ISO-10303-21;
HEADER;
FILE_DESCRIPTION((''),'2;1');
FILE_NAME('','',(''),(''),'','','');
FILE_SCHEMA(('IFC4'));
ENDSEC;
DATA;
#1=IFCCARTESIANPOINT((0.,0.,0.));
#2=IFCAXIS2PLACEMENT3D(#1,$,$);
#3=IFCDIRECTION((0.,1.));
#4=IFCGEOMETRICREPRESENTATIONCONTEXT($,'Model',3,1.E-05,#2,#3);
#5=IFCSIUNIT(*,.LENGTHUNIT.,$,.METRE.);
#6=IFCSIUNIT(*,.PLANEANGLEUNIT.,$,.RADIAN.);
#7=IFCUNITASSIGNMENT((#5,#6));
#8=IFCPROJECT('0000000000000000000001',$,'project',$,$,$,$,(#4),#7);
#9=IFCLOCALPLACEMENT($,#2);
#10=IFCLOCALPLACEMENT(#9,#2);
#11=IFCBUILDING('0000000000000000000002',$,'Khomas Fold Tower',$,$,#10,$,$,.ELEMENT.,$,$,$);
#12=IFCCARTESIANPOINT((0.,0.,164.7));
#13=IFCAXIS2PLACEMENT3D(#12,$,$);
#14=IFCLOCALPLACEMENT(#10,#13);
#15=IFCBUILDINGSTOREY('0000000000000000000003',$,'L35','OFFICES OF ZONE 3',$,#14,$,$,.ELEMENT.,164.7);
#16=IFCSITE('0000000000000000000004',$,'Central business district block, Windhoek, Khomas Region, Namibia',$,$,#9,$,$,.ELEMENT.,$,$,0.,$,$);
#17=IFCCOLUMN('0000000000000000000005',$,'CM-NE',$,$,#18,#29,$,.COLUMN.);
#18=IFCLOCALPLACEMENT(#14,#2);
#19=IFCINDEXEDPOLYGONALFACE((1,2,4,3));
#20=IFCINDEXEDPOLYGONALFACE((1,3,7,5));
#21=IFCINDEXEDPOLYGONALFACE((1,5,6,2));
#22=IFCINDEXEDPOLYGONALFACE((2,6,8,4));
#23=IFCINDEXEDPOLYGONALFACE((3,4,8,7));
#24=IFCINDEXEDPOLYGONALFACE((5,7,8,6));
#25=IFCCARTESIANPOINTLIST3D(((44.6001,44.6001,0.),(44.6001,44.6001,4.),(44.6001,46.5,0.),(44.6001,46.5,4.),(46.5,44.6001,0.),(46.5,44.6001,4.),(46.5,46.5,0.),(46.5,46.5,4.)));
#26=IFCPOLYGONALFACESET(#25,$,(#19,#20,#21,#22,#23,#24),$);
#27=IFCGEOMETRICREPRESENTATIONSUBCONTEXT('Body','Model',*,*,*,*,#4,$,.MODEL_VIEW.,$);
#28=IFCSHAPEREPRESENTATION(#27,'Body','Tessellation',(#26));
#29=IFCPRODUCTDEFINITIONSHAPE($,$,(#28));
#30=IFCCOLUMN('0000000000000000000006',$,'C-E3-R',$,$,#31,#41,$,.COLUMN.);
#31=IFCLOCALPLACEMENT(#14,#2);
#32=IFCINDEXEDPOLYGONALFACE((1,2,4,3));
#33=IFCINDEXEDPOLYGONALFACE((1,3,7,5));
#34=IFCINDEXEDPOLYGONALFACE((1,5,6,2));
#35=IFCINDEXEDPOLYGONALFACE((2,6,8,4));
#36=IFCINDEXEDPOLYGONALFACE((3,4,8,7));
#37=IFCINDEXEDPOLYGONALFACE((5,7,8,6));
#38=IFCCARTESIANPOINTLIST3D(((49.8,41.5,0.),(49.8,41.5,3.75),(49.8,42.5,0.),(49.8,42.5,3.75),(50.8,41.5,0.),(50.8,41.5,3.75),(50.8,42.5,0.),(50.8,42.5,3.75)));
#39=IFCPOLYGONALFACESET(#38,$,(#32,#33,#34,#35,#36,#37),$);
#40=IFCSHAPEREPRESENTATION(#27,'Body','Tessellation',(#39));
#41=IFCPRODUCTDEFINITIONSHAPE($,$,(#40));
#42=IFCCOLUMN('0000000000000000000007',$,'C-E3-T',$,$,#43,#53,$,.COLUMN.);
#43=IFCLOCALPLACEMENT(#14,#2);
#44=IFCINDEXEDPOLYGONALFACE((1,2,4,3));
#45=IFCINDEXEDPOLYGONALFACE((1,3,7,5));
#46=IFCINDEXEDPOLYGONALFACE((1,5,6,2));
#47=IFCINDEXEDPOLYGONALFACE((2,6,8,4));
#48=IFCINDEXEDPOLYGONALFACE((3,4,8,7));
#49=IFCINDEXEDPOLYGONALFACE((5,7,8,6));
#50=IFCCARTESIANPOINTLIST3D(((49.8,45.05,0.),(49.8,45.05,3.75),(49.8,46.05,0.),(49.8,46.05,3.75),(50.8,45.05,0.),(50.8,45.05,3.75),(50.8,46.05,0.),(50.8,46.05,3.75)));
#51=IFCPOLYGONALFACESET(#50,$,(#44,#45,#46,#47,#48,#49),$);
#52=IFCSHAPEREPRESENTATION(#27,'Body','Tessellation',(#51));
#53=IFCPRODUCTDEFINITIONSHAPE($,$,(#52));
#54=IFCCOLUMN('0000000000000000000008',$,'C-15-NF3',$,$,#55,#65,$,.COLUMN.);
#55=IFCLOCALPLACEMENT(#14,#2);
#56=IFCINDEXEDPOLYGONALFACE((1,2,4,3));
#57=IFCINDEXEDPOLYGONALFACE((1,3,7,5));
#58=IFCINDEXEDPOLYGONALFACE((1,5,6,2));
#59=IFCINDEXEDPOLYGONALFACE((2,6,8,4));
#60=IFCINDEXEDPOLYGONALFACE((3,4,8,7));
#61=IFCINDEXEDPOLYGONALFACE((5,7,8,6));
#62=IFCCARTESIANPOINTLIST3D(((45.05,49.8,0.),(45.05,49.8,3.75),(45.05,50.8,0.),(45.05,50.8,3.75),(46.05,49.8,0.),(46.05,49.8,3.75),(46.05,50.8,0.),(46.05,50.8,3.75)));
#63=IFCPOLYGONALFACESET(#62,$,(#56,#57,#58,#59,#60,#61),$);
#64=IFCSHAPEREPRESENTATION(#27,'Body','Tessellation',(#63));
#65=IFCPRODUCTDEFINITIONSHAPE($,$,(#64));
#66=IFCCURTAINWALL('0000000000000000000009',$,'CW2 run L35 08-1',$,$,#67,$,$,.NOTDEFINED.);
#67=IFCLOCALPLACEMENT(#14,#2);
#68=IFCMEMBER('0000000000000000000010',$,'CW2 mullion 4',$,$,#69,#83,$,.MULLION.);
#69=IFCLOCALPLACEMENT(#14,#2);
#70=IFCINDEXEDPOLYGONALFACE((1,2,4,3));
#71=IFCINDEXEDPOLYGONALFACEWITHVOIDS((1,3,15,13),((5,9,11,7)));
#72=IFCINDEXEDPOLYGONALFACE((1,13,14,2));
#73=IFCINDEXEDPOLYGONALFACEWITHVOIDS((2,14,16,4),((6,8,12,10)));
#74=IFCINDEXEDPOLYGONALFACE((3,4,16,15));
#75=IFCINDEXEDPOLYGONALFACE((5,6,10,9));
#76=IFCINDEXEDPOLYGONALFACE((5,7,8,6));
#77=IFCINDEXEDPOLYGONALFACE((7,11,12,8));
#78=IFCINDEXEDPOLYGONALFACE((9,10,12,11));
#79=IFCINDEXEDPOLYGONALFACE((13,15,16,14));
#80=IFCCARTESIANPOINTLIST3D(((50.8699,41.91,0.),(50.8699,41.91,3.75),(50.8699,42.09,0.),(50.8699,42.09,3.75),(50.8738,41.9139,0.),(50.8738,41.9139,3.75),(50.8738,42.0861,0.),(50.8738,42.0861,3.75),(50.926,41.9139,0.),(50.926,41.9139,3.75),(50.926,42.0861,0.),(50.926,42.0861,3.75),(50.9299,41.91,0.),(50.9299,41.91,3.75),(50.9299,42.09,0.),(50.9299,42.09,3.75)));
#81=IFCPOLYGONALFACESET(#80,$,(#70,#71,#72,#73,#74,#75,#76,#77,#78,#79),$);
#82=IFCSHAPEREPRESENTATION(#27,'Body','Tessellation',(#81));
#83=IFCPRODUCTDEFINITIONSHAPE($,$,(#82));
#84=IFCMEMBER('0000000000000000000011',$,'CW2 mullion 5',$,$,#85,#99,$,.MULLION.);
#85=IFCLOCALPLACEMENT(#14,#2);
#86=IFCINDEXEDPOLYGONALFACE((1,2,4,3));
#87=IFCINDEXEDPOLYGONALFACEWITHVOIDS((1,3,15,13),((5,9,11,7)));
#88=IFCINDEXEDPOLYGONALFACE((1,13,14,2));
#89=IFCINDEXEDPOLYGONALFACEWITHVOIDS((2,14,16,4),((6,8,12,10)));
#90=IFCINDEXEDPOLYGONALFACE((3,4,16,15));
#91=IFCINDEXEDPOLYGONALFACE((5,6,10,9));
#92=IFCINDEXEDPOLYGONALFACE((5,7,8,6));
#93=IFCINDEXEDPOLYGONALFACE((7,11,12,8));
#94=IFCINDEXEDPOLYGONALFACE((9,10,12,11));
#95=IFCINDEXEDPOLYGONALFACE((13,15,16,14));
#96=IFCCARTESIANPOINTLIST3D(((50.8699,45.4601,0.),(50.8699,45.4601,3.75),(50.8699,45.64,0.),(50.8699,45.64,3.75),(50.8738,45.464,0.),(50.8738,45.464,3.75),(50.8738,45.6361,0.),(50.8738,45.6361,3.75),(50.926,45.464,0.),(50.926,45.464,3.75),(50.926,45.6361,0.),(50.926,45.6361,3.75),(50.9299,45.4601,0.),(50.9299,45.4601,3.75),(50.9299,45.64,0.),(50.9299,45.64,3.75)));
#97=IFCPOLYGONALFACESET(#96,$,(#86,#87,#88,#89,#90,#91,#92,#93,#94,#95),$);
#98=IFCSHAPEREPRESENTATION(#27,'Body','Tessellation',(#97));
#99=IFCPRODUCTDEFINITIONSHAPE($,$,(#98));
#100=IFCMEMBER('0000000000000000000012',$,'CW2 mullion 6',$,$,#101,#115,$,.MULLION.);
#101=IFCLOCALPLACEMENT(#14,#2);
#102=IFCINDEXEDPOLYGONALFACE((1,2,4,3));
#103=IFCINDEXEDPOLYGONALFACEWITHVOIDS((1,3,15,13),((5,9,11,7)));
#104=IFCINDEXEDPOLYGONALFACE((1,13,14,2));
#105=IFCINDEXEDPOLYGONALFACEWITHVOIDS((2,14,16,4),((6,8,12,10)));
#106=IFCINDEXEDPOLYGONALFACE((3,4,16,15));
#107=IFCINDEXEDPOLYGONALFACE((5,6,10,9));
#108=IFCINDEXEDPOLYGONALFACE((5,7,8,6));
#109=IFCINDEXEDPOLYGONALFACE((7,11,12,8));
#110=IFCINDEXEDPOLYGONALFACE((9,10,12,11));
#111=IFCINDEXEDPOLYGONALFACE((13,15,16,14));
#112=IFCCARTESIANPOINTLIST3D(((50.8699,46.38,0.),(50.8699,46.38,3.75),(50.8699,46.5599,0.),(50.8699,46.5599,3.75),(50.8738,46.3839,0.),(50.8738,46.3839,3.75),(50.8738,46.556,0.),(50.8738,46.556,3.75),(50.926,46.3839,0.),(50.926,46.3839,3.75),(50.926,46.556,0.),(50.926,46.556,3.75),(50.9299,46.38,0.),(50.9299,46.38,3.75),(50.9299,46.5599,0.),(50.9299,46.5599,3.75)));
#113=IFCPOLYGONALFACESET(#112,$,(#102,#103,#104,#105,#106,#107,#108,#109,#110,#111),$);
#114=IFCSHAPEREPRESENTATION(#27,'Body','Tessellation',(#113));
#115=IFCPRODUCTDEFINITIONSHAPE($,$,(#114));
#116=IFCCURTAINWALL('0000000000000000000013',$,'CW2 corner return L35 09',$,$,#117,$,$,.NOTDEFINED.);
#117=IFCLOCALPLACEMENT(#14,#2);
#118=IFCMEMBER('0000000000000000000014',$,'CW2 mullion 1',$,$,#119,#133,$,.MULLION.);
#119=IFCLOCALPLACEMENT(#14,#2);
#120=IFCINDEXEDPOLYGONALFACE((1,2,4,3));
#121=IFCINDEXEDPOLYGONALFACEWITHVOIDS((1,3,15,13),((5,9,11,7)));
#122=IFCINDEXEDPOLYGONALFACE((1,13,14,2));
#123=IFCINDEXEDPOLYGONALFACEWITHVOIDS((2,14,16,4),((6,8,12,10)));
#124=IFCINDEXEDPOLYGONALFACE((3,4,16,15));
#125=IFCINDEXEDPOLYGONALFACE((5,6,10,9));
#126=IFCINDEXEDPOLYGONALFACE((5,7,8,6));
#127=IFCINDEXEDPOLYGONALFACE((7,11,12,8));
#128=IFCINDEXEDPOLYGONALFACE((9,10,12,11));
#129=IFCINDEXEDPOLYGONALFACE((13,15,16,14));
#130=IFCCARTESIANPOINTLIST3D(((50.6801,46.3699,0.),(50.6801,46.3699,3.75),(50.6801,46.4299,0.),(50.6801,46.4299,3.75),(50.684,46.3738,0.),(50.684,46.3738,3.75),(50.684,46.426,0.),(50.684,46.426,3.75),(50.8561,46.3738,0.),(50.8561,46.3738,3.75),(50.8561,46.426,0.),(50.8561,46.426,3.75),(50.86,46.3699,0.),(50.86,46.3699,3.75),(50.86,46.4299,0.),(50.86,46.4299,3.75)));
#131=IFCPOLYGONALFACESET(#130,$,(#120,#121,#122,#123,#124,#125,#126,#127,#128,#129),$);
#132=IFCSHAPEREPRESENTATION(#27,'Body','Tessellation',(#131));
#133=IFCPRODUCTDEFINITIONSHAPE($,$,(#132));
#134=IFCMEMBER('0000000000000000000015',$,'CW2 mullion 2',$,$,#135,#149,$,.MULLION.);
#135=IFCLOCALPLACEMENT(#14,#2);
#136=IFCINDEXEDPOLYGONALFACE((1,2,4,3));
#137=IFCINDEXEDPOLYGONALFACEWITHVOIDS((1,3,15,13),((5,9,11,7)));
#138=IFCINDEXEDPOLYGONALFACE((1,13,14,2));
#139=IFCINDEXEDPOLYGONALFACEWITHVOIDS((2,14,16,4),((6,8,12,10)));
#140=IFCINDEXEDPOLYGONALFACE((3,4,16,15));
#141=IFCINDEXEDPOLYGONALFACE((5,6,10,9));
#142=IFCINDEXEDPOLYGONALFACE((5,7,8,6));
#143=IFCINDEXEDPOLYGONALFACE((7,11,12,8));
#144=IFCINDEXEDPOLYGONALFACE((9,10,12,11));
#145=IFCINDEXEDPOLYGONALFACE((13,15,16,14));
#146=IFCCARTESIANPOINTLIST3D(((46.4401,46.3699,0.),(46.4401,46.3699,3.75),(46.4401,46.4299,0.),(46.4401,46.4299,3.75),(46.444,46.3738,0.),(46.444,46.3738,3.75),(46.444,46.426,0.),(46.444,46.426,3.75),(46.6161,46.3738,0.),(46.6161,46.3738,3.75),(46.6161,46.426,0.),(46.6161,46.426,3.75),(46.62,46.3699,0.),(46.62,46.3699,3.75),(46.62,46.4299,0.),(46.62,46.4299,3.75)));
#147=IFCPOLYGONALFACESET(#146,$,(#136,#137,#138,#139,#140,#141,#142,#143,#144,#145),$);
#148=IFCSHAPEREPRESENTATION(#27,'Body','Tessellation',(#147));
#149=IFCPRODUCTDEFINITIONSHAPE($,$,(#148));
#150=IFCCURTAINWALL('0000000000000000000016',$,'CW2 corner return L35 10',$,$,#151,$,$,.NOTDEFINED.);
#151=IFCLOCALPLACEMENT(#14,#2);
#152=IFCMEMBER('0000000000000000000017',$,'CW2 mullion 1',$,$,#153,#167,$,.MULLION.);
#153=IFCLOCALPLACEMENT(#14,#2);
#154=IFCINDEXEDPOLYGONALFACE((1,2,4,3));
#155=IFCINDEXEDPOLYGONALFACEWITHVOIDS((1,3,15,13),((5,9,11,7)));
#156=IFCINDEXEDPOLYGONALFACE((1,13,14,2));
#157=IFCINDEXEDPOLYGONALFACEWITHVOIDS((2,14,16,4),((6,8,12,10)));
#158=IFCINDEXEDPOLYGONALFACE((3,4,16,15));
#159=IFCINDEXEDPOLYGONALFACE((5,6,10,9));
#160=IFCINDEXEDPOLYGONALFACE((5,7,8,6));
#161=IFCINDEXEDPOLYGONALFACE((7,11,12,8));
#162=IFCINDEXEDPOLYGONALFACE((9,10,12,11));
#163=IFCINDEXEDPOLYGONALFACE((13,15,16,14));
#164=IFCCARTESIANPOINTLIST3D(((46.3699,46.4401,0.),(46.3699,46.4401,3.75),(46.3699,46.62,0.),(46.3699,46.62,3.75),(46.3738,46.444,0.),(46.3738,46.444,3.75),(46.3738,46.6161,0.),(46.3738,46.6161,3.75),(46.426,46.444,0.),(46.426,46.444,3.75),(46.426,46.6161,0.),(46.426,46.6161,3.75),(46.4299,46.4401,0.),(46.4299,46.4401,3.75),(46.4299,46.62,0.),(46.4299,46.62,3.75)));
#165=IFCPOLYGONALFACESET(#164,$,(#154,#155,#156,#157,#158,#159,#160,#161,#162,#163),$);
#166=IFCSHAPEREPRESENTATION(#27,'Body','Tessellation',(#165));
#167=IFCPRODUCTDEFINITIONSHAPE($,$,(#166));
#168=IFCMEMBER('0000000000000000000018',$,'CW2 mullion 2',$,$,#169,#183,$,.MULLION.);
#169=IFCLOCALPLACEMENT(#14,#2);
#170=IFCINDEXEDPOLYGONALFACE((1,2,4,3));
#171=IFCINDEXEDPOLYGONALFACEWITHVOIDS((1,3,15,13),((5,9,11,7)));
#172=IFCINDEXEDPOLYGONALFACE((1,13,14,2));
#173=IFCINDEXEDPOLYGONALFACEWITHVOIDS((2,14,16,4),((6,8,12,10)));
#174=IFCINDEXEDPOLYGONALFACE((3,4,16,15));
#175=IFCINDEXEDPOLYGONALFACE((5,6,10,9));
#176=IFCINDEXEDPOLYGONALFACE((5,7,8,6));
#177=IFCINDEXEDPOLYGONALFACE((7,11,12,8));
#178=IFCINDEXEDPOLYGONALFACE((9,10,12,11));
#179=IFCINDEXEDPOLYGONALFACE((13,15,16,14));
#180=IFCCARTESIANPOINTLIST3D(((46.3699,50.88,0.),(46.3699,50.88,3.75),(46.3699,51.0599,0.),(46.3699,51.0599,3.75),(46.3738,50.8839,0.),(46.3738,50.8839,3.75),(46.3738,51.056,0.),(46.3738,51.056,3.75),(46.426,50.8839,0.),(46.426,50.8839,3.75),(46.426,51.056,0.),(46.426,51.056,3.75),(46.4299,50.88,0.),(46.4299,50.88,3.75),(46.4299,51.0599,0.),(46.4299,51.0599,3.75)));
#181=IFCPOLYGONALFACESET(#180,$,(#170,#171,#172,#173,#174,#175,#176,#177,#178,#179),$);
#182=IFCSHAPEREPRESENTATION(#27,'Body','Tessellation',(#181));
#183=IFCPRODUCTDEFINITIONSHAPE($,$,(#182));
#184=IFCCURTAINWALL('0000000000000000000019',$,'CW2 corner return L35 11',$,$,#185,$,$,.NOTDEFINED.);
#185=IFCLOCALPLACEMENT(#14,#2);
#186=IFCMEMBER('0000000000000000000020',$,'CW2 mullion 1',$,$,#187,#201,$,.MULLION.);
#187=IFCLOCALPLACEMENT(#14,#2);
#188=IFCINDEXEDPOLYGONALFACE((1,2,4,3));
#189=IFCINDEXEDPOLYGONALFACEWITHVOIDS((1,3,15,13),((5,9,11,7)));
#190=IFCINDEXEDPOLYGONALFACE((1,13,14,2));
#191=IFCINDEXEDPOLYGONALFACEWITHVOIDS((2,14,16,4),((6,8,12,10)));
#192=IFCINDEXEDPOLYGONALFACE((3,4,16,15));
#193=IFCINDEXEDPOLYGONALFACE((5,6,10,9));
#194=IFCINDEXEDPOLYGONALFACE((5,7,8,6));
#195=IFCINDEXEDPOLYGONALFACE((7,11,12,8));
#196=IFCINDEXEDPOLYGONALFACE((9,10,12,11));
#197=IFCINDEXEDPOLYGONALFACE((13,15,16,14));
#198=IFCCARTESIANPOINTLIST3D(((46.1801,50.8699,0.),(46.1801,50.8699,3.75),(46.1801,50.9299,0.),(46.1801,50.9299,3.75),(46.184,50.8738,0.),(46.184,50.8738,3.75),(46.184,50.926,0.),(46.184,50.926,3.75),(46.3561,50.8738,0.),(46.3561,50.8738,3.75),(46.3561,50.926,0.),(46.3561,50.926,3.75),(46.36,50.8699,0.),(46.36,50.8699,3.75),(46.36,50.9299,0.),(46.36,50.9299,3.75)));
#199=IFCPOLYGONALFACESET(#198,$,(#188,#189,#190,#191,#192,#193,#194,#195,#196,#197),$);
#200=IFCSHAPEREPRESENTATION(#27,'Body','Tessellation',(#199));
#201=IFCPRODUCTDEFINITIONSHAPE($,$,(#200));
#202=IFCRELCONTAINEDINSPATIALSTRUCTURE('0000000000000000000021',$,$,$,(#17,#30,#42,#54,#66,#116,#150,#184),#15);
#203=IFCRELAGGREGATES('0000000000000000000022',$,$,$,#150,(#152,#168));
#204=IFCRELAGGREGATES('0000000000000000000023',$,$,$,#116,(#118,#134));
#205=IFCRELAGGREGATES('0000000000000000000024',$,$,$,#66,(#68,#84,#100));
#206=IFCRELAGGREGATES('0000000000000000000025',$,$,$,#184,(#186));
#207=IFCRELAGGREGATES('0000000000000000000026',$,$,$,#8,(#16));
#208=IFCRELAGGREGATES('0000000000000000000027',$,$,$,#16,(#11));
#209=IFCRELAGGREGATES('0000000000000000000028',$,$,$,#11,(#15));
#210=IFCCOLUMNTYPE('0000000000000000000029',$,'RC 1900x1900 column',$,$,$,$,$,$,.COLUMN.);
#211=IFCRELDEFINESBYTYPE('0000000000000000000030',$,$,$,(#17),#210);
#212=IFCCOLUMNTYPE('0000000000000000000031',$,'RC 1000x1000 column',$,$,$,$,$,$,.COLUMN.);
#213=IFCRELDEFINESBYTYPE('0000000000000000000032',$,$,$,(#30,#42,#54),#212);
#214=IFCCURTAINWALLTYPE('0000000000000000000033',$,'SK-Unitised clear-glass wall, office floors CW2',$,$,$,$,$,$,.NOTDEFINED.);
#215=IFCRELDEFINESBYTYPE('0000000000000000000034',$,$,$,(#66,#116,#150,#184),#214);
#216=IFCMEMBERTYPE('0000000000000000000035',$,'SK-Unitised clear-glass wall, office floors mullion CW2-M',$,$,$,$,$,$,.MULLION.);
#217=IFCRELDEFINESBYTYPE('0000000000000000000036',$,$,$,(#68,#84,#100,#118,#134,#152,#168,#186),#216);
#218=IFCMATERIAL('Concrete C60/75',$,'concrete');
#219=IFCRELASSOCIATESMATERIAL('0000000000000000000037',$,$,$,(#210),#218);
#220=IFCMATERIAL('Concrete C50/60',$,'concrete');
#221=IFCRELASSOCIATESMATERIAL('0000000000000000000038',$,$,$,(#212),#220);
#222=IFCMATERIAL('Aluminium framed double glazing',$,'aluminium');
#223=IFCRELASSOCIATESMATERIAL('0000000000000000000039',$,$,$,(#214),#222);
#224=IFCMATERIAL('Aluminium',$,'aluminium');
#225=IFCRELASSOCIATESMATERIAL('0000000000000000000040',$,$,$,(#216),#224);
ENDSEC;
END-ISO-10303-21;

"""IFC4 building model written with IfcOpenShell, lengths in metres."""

from ifc_helpers import new_model, si_unit, direction, frame, origin, origin_2d, place, context, subcontext, project, spatial, rectangle, hollow_rectangle, extrude, source, transform, mapped, material, material_profile, profile_set, type_object, element, aggregate, save


model = new_model("IFC4")

# Units and contexts
model_context = context("Model", 3, precision=1e-05, world=origin(), true_north=direction((0.0, 1.0)))
body_context = subcontext(model_context, "Body", "Model", "MODEL_VIEW")
ifc_project = project(units=[si_unit("LENGTHUNIT", "METRE"), si_unit("PLANEANGLEUNIT", "RADIAN")], contexts=[model_context])

# Site, building, storey
site_placement = place(None, origin())
site = spatial("IfcSite", under=ifc_project, at=site_placement, Name="Central business district block, Windhoek, Khomas Region, Namibia", CompositionType="ELEMENT", RefElevation=0.0)
building_placement = place(site_placement, origin())
building = spatial("IfcBuilding", under=site, at=building_placement, Name="Khomas Fold Tower", CompositionType="ELEMENT")
storey_placement = place(building_placement, frame((0.0, 0.0, 164.7)))
storey = spatial("IfcBuildingStorey", under=building, at=storey_placement, Name="L35", Description="OFFICES OF ZONE 3", CompositionType="ELEMENT", Elevation=164.7)

# Columns
ifc_material_1 = material(Name="Concrete C60/75", Category="concrete")
ifc_material_profile_1 = material_profile(ifc_material_1, rectangle(XDim=1.8999, YDim=1.8999, at=origin_2d()), Name="RC 1900x1900")
ifc_profile_set_1 = profile_set([ifc_material_profile_1], Name="Concrete C60/75")
column_type_1 = type_object("IfcColumnType", Name="RC 1900x1900 column", PredefinedType="COLUMN", material=ifc_profile_set_1)
shared_shape_1 = source(origin(), body_context, "Body", "SweptSolid", [
    extrude(rectangle(XDim=1.8999, YDim=1.8999, at=origin_2d()), origin(), (0.0, 0.0, 1.0), 4.0),
])
column_placement = place(storey_placement, frame((45.55, 45.55, 0.0), z_axis=(0.0, 0.0, 1.0), x_axis=(1.0, 0.0, 0.0)))
element("IfcColumn", 1, at=column_placement, inside=storey, type_object=column_type_1, Name="CM-NE", PredefinedType="COLUMN", context=body_context, shape_type="MappedRepresentation", body=[
    mapped(shared_shape_1, transform((0.0, 0.0, 0.0))),
])
ifc_material_2 = material(Name="Concrete C50/60", Category="concrete")
ifc_material_profile_2 = material_profile(ifc_material_2, rectangle(XDim=1.0, YDim=1.0, at=origin_2d()), Name="RC 1000x1000")
ifc_profile_set_2 = profile_set([ifc_material_profile_2], Name="Concrete C50/60")
column_type_2 = type_object("IfcColumnType", Name="RC 1000x1000 column", PredefinedType="COLUMN", material=ifc_profile_set_2)
shared_shape_2 = source(origin(), body_context, "Body", "SweptSolid", [
    extrude(rectangle(XDim=1.0, YDim=1.0, at=origin_2d()), origin(), (0.0, 0.0, 1.0), 3.75),
])
for number, where, z_axis, x_axis, name in (
    (2, (50.3, 42.0, 0.0), (0.0, 0.0, 1.0), (1.0, 0.0, 0.0), "C-E3-R"),
    (3, (50.3, 45.55, 0.0), (0.0, 0.0, 1.0), (1.0, 0.0, 0.0), "C-E3-T"),
    (4, (45.55, 50.3, 0.0), (0.0, 0.0, 1.0), (1.0, 0.0, 0.0), "C-15-NF3"),
):
    element("IfcColumn", number, at=place(storey_placement, frame(where, z_axis=z_axis, x_axis=x_axis)), inside=storey, type_object=column_type_2, Name=name, PredefinedType="COLUMN", context=body_context, shape_type="MappedRepresentation", body=[
        mapped(shared_shape_2, transform((0.0, 0.0, 0.0))),
    ])

# Curtain walls, members
ifc_material_3 = material(Name="Aluminium framed double glazing", Category="aluminium")
curtain_wall_type_1 = type_object("IfcCurtainWallType", Name="SK-Unitised clear-glass wall, office floors CW2", PredefinedType="NOTDEFINED", material=ifc_material_3)
curtain_wall_1_placement = place(storey_placement, origin())
curtain_wall_1 = element("IfcCurtainWall", 5, at=curtain_wall_1_placement, inside=storey, type_object=curtain_wall_type_1, Name="CW2 run L35 08-1", PredefinedType="NOTDEFINED")
ifc_material_4 = material(Name="Aluminium", Category="aluminium")
ifc_material_profile_3 = material_profile(ifc_material_4, hollow_rectangle(XDim=0.0601, YDim=0.1799, WallThickness=0.0039, at=origin_2d()), Name="SK-Unitised clear-glass wall, office floors mullion CW2-M")
ifc_profile_set_3 = profile_set([ifc_material_profile_3], Name="Aluminium")
member_type_1 = type_object("IfcMemberType", Name="SK-Unitised clear-glass wall, office floors mullion CW2-M", PredefinedType="MULLION", material=ifc_profile_set_3)
shared_shape_3 = source(origin(), body_context, "Body", "SweptSolid", [
    extrude(hollow_rectangle(XDim=0.0601, YDim=0.1799, WallThickness=0.0039, at=origin_2d()), origin(), (0.0, 0.0, 1.0), 3.75),
])
member_1_placement = place(storey_placement, frame((50.8999, 42.0, 0.0), z_axis=(0.0, 0.0, 1.0), x_axis=(-1.0, 0.0, 0.0)))
member_1 = element("IfcMember", 6, at=member_1_placement, type_object=member_type_1, Name="CW2 mullion 4", PredefinedType="MULLION", context=body_context, shape_type="MappedRepresentation", body=[
    mapped(shared_shape_3, transform((0.0, 0.0, 0.0))),
])
member_2_placement = place(storey_placement, frame((50.8999, 45.55, 0.0), z_axis=(0.0, 0.0, 1.0), x_axis=(-1.0, 0.0, 0.0)))
member_2 = element("IfcMember", 7, at=member_2_placement, type_object=member_type_1, Name="CW2 mullion 5", PredefinedType="MULLION", context=body_context, shape_type="MappedRepresentation", body=[
    mapped(shared_shape_3, transform((0.0, 0.0, 0.0))),
])
member_3_placement = place(storey_placement, frame((50.8999, 46.47, 0.0), z_axis=(0.0, 0.0, 1.0), x_axis=(-1.0, 0.0, 0.0)))
member_3 = element("IfcMember", 8, at=member_3_placement, type_object=member_type_1, Name="CW2 mullion 6", PredefinedType="MULLION", context=body_context, shape_type="MappedRepresentation", body=[
    mapped(shared_shape_3, transform((0.0, 0.0, 0.0))),
])
curtain_wall_2_placement = place(storey_placement, origin())
curtain_wall_2 = element("IfcCurtainWall", 9, at=curtain_wall_2_placement, inside=storey, type_object=curtain_wall_type_1, Name="CW2 corner return L35 09", PredefinedType="NOTDEFINED")
member_4_placement = place(storey_placement, frame((50.77, 46.3999, 0.0), z_axis=(0.0, 0.0, 1.0), x_axis=(0.0, -1.0, 0.0)))
member_4 = element("IfcMember", 10, at=member_4_placement, type_object=member_type_1, Name="CW2 mullion 1", PredefinedType="MULLION", context=body_context, shape_type="MappedRepresentation", body=[
    mapped(shared_shape_3, transform((0.0, 0.0, 0.0))),
])
member_5_placement = place(storey_placement, frame((46.53, 46.3999, 0.0), z_axis=(0.0, 0.0, 1.0), x_axis=(0.0, -1.0, 0.0)))
member_5 = element("IfcMember", 11, at=member_5_placement, type_object=member_type_1, Name="CW2 mullion 2", PredefinedType="MULLION", context=body_context, shape_type="MappedRepresentation", body=[
    mapped(shared_shape_3, transform((0.0, 0.0, 0.0))),
])
curtain_wall_3_placement = place(storey_placement, origin())
curtain_wall_3 = element("IfcCurtainWall", 12, at=curtain_wall_3_placement, inside=storey, type_object=curtain_wall_type_1, Name="CW2 corner return L35 10", PredefinedType="NOTDEFINED")
member_6_placement = place(storey_placement, frame((46.3999, 46.53, 0.0), z_axis=(0.0, 0.0, 1.0), x_axis=(-1.0, 0.0, 0.0)))
member_6 = element("IfcMember", 13, at=member_6_placement, type_object=member_type_1, Name="CW2 mullion 1", PredefinedType="MULLION", context=body_context, shape_type="MappedRepresentation", body=[
    mapped(shared_shape_3, transform((0.0, 0.0, 0.0))),
])
member_7_placement = place(storey_placement, frame((46.3999, 50.97, 0.0), z_axis=(0.0, 0.0, 1.0), x_axis=(-1.0, 0.0, 0.0)))
member_7 = element("IfcMember", 14, at=member_7_placement, type_object=member_type_1, Name="CW2 mullion 2", PredefinedType="MULLION", context=body_context, shape_type="MappedRepresentation", body=[
    mapped(shared_shape_3, transform((0.0, 0.0, 0.0))),
])

# Curtain wall, member
curtain_wall_4_placement = place(storey_placement, origin())
curtain_wall_4 = element("IfcCurtainWall", 15, at=curtain_wall_4_placement, inside=storey, type_object=curtain_wall_type_1, Name="CW2 corner return L35 11", PredefinedType="NOTDEFINED")
member_8_placement = place(storey_placement, frame((46.27, 50.8999, 0.0), z_axis=(0.0, 0.0, 1.0), x_axis=(0.0, -1.0, 0.0)))
member_8 = element("IfcMember", 16, at=member_8_placement, type_object=member_type_1, Name="CW2 mullion 1", PredefinedType="MULLION", context=body_context, shape_type="MappedRepresentation", body=[
    mapped(shared_shape_3, transform((0.0, 0.0, 0.0))),
])

aggregate(curtain_wall_3, [member_6, member_7])
aggregate(curtain_wall_2, [member_4, member_5])
aggregate(curtain_wall_1, [member_1, member_2, member_3])
aggregate(curtain_wall_4, [member_8])

save(model, "model.ifc")
